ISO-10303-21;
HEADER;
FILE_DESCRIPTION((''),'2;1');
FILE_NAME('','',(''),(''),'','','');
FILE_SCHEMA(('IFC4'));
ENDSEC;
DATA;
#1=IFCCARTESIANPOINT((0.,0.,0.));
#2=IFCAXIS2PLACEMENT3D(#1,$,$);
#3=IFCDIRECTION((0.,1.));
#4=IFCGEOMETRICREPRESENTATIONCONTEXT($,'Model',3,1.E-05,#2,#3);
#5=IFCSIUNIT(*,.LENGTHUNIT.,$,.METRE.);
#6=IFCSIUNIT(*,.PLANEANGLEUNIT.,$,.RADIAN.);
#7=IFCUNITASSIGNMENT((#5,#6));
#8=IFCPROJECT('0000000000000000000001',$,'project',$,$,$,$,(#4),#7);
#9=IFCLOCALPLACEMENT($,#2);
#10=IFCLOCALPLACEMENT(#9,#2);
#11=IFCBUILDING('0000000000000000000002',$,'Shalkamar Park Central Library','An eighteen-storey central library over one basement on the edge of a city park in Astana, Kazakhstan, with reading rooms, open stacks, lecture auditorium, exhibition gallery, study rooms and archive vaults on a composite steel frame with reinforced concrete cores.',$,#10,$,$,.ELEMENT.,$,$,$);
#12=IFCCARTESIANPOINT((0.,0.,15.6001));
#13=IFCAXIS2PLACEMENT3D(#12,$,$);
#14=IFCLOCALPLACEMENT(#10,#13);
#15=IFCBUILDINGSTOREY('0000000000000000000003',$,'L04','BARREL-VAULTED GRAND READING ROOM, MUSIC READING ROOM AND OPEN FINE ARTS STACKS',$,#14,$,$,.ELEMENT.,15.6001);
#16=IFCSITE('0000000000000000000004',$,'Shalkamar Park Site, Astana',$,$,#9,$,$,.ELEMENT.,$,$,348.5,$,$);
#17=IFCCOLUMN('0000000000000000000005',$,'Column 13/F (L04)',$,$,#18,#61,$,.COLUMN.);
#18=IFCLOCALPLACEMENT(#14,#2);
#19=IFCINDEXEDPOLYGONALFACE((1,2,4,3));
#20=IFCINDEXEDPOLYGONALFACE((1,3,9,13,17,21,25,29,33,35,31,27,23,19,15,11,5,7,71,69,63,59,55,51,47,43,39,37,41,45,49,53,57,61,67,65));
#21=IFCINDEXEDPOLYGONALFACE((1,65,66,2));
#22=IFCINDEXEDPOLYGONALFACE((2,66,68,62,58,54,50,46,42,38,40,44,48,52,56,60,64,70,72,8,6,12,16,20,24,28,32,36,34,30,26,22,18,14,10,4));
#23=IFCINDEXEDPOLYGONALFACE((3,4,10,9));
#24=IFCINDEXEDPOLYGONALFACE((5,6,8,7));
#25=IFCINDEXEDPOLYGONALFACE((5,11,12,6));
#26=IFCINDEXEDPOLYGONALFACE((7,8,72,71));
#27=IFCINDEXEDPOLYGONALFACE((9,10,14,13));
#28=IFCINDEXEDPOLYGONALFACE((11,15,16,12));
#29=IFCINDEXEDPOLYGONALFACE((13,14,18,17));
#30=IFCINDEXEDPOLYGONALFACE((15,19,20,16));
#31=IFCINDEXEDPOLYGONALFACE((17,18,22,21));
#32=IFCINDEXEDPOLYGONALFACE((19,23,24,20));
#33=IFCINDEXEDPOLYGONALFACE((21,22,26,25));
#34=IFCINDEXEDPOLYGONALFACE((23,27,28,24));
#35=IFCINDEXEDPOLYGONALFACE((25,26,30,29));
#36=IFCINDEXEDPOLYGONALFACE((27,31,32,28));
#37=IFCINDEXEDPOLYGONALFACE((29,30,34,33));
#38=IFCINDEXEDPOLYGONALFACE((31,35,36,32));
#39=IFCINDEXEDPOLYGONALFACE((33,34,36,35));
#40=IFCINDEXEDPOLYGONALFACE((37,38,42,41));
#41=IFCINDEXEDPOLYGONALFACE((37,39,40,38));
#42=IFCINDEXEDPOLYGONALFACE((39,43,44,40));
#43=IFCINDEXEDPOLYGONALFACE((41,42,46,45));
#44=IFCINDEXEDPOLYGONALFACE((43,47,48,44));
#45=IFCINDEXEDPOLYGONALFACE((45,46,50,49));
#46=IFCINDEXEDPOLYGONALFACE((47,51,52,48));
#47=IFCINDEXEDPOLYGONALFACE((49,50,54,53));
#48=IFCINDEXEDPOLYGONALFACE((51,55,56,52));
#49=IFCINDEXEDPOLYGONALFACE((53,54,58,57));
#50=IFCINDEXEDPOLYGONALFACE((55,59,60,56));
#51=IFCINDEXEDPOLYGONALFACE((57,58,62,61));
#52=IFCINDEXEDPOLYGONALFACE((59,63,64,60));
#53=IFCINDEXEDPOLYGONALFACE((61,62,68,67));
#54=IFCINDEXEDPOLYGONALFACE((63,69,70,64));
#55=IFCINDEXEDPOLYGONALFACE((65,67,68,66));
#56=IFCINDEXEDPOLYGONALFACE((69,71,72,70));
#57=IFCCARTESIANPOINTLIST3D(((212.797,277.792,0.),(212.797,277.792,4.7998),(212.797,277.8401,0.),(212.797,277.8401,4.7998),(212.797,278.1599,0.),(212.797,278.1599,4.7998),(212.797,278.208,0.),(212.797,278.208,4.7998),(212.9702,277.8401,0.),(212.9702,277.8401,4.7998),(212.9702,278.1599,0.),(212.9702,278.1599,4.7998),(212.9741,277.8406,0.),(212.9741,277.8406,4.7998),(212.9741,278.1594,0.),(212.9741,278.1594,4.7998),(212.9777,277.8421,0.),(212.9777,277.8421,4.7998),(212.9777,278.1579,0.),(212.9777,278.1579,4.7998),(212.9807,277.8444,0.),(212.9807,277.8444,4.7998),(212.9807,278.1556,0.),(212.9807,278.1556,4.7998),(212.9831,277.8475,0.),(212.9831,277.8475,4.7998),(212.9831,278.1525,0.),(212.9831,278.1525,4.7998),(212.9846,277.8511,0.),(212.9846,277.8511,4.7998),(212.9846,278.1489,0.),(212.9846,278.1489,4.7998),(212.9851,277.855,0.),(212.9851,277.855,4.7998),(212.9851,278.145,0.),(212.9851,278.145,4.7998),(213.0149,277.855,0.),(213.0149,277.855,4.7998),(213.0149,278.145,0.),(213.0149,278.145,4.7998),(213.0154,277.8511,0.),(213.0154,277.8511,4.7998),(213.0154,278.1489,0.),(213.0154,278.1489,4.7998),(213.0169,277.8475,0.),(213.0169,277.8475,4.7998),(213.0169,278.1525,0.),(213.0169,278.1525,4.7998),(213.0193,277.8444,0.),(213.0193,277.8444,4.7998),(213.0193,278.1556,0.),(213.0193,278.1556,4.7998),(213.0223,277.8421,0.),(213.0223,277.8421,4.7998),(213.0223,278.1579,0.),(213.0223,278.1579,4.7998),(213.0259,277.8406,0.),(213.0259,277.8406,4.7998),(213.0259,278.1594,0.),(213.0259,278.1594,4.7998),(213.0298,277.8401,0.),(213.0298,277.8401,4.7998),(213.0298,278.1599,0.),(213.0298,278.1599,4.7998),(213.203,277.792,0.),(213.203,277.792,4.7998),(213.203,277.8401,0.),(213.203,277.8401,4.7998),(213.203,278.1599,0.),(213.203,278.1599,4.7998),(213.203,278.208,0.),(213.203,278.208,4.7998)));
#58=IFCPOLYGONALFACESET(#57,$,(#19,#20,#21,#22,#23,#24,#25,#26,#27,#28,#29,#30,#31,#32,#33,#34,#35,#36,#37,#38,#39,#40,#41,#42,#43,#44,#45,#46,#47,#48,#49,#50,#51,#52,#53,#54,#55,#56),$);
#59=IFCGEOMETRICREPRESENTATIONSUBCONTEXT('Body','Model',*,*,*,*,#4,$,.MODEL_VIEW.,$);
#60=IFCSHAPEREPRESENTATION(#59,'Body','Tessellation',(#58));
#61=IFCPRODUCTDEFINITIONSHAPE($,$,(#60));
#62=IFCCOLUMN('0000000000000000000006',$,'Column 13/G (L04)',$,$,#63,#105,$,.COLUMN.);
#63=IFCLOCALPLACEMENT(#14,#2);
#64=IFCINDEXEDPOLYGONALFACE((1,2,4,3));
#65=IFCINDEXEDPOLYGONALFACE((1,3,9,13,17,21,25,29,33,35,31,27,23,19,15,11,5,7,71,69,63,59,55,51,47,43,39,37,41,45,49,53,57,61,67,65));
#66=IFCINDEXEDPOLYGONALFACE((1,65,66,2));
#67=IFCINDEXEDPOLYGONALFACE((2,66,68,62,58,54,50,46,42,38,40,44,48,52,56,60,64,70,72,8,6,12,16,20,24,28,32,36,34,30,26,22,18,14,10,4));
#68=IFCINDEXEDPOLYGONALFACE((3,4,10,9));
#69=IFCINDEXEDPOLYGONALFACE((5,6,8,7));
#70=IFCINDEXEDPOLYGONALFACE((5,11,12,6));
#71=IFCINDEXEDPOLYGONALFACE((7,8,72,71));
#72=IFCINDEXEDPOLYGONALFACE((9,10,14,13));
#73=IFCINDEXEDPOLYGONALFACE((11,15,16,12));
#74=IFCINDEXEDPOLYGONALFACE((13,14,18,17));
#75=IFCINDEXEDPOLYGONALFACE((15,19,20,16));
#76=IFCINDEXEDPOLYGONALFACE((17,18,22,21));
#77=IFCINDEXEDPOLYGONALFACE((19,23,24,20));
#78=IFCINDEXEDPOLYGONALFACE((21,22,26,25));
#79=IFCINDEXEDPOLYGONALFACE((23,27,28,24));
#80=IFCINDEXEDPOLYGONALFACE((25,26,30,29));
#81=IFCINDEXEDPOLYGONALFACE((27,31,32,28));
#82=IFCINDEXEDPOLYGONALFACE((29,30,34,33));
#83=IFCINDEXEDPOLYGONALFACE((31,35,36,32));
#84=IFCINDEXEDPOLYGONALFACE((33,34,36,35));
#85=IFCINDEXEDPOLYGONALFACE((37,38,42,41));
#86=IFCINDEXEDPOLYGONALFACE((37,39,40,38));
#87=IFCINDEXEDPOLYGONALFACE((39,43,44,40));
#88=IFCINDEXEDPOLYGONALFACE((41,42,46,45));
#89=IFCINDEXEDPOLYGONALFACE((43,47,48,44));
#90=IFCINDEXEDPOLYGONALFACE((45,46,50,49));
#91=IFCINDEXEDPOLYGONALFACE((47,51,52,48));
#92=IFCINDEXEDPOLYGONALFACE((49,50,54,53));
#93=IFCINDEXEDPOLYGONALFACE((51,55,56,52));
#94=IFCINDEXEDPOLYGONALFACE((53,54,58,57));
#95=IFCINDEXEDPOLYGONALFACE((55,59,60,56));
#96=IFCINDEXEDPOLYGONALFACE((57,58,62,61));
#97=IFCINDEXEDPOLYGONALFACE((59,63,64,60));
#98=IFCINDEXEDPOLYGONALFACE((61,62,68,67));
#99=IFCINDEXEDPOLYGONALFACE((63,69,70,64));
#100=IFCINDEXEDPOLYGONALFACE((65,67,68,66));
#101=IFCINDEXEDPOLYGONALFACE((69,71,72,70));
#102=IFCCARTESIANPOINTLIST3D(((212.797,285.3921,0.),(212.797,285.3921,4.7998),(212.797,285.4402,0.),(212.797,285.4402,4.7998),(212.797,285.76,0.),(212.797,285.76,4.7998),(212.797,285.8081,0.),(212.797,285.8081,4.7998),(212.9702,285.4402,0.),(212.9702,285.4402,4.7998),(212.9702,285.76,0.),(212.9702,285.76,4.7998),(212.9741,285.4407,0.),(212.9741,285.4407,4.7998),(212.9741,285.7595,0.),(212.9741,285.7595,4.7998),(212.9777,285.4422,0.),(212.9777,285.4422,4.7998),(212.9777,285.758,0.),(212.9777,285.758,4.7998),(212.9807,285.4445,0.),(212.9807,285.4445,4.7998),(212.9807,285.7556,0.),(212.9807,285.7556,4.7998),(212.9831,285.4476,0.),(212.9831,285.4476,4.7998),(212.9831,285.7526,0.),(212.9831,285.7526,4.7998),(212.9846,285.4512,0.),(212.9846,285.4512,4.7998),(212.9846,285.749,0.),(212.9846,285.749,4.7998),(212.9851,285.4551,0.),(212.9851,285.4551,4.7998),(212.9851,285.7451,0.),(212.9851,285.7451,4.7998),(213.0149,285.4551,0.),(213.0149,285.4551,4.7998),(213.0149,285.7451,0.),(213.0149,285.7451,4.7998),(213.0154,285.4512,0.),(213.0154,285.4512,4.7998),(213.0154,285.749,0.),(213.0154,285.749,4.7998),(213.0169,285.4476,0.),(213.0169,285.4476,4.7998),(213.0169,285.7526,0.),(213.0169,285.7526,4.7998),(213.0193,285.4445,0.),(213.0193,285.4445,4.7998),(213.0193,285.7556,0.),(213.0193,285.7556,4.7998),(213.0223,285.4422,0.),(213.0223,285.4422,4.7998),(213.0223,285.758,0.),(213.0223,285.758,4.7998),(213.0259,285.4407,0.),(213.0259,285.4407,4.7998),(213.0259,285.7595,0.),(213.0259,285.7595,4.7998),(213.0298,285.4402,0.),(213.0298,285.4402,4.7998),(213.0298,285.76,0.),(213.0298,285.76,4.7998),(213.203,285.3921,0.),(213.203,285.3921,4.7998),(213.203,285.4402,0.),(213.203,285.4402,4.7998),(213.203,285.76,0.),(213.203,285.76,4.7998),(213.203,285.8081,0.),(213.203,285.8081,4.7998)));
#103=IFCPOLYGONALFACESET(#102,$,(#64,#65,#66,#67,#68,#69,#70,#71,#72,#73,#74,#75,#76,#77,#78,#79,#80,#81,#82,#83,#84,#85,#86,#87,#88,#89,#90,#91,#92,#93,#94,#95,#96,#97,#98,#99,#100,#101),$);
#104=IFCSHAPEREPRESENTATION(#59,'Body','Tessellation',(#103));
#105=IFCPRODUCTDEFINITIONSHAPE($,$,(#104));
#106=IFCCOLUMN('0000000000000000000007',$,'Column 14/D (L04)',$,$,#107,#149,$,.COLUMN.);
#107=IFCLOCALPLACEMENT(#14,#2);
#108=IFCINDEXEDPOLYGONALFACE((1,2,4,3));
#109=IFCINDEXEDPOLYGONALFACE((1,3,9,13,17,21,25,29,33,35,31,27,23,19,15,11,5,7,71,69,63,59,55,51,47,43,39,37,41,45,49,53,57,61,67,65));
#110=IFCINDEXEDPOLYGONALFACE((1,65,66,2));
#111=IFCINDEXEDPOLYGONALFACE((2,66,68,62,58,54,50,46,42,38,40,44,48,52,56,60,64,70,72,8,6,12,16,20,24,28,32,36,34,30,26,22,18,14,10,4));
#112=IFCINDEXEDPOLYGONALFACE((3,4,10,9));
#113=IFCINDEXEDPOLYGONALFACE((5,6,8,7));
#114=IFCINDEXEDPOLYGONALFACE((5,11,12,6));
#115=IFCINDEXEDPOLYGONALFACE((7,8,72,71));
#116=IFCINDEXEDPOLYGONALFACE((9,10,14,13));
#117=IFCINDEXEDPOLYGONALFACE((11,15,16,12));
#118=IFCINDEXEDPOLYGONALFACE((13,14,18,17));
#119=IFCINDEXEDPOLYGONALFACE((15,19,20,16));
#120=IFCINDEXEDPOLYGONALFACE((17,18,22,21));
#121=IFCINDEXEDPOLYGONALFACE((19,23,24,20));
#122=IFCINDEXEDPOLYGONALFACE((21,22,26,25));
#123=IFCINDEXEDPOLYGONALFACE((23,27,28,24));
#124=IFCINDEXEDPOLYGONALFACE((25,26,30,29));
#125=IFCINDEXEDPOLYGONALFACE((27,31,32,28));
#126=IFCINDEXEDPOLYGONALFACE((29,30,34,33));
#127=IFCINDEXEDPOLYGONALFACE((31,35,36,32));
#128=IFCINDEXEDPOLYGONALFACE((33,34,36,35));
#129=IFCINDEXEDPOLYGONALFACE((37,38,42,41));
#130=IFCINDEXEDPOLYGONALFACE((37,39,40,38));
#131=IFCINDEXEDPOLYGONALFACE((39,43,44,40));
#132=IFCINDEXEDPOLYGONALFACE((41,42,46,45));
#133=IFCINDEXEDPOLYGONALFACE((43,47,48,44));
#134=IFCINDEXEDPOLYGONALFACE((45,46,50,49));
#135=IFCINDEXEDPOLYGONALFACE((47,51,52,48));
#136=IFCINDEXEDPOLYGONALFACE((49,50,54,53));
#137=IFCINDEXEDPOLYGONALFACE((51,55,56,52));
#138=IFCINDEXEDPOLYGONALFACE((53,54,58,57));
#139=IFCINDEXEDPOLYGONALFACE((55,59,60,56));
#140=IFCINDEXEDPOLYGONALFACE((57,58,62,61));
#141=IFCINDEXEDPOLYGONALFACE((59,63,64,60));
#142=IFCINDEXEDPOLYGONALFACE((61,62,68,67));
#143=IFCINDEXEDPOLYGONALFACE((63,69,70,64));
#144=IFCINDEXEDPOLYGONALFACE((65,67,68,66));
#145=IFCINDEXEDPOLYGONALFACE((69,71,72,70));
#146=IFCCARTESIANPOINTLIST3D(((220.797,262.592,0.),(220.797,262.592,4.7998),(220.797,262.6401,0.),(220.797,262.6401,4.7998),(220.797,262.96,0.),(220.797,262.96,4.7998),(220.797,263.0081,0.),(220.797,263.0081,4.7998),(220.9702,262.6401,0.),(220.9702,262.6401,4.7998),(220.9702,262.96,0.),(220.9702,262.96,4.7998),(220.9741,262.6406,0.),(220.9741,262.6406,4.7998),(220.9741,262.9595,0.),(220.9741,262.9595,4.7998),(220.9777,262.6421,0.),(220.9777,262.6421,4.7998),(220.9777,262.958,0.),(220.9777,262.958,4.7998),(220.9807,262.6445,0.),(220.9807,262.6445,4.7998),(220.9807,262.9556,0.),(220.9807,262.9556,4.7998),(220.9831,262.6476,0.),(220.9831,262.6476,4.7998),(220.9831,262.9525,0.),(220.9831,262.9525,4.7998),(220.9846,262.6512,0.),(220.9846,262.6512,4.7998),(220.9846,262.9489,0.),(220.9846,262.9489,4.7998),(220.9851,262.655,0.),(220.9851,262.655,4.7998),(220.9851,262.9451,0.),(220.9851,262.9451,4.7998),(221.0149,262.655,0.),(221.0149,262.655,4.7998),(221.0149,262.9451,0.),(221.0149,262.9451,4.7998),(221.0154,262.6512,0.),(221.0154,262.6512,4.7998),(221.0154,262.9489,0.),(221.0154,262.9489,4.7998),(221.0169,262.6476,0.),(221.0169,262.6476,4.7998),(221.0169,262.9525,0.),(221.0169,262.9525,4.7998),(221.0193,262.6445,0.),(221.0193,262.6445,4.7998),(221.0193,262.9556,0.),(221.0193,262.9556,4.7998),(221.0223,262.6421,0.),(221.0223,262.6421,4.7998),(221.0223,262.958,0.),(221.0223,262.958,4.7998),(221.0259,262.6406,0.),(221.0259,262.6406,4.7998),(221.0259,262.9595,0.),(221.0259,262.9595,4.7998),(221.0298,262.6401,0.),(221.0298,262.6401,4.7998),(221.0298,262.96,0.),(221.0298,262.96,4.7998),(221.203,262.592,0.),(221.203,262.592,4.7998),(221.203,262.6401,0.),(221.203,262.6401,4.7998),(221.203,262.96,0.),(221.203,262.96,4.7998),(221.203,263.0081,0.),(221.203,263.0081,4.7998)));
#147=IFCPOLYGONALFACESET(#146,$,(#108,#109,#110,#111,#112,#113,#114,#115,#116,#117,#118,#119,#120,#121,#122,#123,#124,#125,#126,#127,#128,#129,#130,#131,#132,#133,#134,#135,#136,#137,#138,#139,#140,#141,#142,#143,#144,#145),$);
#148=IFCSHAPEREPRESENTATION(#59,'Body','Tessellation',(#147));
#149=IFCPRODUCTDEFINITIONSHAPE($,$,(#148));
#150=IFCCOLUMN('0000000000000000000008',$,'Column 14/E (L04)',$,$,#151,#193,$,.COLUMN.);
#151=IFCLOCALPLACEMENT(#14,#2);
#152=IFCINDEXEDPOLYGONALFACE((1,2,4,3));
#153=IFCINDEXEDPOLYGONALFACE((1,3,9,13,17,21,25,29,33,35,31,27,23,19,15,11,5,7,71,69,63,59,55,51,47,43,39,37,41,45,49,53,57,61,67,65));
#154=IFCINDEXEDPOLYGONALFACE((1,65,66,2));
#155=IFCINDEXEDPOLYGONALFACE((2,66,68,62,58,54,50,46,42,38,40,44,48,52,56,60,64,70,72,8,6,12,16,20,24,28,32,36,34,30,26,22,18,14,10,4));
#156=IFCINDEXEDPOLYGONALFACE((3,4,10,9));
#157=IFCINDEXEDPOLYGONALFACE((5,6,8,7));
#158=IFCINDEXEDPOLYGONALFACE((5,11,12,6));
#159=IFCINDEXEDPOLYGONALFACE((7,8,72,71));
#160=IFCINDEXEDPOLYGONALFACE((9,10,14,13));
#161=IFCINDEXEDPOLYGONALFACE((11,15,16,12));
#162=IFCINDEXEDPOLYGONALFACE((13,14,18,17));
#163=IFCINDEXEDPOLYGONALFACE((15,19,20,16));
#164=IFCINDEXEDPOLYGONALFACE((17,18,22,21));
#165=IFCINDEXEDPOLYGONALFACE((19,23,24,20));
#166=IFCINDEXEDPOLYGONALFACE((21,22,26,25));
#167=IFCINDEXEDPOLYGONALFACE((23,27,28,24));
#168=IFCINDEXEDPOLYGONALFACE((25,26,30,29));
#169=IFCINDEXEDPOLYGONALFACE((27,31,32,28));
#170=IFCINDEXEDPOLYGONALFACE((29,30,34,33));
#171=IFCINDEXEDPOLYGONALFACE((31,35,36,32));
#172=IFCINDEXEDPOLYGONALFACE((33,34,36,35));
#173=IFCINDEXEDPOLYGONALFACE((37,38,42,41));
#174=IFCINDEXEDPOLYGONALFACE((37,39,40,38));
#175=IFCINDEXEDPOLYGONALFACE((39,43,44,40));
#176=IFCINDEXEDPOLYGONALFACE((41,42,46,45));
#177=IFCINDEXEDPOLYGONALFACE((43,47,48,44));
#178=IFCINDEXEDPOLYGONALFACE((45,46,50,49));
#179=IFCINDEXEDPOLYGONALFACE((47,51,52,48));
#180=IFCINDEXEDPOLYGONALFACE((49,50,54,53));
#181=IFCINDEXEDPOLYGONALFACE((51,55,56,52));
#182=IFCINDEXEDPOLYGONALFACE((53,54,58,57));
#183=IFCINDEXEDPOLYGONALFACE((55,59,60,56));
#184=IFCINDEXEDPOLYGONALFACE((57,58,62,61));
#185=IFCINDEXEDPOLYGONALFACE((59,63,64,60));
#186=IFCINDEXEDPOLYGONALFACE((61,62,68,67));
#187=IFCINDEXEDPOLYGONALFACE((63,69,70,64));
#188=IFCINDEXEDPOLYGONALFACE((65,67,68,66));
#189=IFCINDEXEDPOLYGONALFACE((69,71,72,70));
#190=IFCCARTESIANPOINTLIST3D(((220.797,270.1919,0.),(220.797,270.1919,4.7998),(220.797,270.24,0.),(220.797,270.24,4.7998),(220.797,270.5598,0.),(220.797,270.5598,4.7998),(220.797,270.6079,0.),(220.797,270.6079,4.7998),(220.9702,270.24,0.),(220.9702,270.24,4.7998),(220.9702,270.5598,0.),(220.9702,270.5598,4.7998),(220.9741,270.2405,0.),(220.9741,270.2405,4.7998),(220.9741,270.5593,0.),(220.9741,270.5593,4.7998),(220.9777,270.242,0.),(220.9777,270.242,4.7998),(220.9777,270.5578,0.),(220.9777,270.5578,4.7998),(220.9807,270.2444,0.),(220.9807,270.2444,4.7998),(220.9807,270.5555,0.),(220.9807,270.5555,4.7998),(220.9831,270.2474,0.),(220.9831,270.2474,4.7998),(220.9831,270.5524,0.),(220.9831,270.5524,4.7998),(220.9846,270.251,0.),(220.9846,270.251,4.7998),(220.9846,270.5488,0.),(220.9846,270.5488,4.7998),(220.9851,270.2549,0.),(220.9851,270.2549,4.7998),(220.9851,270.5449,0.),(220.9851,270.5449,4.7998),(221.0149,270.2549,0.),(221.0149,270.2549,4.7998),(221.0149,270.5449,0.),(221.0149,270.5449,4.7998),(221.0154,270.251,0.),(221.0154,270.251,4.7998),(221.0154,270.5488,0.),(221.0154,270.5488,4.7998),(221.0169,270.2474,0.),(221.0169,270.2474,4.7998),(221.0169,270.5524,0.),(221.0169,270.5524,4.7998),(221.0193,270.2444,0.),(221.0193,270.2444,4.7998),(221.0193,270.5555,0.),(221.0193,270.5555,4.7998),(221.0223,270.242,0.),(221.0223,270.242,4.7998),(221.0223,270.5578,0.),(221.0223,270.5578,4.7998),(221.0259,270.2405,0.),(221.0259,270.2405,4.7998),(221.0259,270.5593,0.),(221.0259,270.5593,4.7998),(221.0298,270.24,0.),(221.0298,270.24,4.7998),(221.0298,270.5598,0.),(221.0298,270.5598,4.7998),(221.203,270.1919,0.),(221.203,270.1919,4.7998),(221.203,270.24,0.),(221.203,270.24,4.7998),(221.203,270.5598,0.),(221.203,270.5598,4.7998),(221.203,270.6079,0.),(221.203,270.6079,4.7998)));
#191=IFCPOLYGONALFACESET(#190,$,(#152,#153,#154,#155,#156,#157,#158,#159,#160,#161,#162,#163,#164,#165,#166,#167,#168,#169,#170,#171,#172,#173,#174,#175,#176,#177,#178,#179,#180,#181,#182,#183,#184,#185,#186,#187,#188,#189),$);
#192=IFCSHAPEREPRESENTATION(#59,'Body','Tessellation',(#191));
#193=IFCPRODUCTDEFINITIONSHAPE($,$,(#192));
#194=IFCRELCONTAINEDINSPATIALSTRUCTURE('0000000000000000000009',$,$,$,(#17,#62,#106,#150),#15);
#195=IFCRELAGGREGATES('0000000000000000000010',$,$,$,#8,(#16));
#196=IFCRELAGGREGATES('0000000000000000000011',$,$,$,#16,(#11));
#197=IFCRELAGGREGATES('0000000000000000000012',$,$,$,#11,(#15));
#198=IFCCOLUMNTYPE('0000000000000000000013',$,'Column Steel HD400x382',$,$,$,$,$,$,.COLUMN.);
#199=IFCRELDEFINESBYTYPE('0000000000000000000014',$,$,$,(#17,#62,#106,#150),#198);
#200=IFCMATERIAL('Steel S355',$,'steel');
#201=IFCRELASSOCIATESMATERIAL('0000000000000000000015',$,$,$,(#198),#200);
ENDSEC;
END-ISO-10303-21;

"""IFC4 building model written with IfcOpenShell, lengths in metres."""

from ifc_helpers import new_model, si_unit, direction, frame, origin, origin_2d, place, context, subcontext, project, spatial, i_section, extrude, material, material_profile, profile_set, type_object, element, save


model = new_model("IFC4")

# Units and contexts
model_context = context("Model", 3, precision=1e-05, world=origin(), true_north=direction((0.0, 1.0)))
body_context = subcontext(model_context, "Body", "Model", "MODEL_VIEW")
ifc_project = project(units=[si_unit("LENGTHUNIT", "METRE"), si_unit("PLANEANGLEUNIT", "RADIAN")], contexts=[model_context])

# Site, building, storey
site_placement = place(None, origin())
site = spatial("IfcSite", under=ifc_project, at=site_placement, Name="Shalkamar Park Site, Astana", CompositionType="ELEMENT", RefElevation=348.5)
building_placement = place(site_placement, origin())
building = spatial("IfcBuilding", under=site, at=building_placement, Name="Shalkamar Park Central Library", Description="An eighteen-storey central library over one basement on the edge of a city park in Astana, Kazakhstan, with reading rooms, open stacks, lecture auditorium, exhibition gallery, study rooms and archive vaults on a composite steel frame with reinforced concrete cores.", CompositionType="ELEMENT")
storey_placement = place(building_placement, frame((0.0, 0.0, 15.6001)))
storey = spatial("IfcBuildingStorey", under=building, at=storey_placement, Name="L04", Description="BARREL-VAULTED GRAND READING ROOM, MUSIC READING ROOM AND OPEN FINE ARTS STACKS", CompositionType="ELEMENT", Elevation=15.6001)

# Columns
ifc_material = material(Name="Steel S355", Category="steel")
ifc_material_profile_1 = material_profile(ifc_material, i_section(OverallWidth=0.406, OverallDepth=0.416, WebThickness=0.0298, FlangeThickness=0.0481, FilletRadius=0.0149, at=origin_2d()), Name="HD 400x382")
ifc_profile_set_1 = profile_set([ifc_material_profile_1], Name="Steel S355")
column_type_1 = type_object("IfcColumnType", Name="Column Steel HD400x382", PredefinedType="COLUMN", material=ifc_profile_set_1)
for number, where, z_axis, x_axis, name in (
    (1, (213.0, 278.0, 0.0), (0.0, 0.0, 1.0), (1.0, 0.0, 0.0), "Column 13/F (L04)"),
    (2, (213.0, 285.6001, 0.0), (0.0, 0.0, 1.0), (1.0, 0.0, 0.0), "Column 13/G (L04)"),
    (3, (221.0, 262.8, 0.0), (0.0, 0.0, 1.0), (1.0, 0.0, 0.0), "Column 14/D (L04)"),
    (4, (221.0, 270.3999, 0.0), (0.0, 0.0, 1.0), (1.0, 0.0, 0.0), "Column 14/E (L04)"),
):
    element("IfcColumn", number, at=place(storey_placement, frame(where, z_axis=z_axis, x_axis=x_axis)), inside=storey, type_object=column_type_1, Name=name, PredefinedType="COLUMN", context=body_context, shape_type="SweptSolid", body=[
        extrude(i_section(OverallWidth=0.406, OverallDepth=0.416, WebThickness=0.0298, FlangeThickness=0.0481, FilletRadius=0.0149, at=origin_2d()), origin(), (0.0, 0.0, 1.0), 4.7998),
    ])

save(model, "model.ifc")
